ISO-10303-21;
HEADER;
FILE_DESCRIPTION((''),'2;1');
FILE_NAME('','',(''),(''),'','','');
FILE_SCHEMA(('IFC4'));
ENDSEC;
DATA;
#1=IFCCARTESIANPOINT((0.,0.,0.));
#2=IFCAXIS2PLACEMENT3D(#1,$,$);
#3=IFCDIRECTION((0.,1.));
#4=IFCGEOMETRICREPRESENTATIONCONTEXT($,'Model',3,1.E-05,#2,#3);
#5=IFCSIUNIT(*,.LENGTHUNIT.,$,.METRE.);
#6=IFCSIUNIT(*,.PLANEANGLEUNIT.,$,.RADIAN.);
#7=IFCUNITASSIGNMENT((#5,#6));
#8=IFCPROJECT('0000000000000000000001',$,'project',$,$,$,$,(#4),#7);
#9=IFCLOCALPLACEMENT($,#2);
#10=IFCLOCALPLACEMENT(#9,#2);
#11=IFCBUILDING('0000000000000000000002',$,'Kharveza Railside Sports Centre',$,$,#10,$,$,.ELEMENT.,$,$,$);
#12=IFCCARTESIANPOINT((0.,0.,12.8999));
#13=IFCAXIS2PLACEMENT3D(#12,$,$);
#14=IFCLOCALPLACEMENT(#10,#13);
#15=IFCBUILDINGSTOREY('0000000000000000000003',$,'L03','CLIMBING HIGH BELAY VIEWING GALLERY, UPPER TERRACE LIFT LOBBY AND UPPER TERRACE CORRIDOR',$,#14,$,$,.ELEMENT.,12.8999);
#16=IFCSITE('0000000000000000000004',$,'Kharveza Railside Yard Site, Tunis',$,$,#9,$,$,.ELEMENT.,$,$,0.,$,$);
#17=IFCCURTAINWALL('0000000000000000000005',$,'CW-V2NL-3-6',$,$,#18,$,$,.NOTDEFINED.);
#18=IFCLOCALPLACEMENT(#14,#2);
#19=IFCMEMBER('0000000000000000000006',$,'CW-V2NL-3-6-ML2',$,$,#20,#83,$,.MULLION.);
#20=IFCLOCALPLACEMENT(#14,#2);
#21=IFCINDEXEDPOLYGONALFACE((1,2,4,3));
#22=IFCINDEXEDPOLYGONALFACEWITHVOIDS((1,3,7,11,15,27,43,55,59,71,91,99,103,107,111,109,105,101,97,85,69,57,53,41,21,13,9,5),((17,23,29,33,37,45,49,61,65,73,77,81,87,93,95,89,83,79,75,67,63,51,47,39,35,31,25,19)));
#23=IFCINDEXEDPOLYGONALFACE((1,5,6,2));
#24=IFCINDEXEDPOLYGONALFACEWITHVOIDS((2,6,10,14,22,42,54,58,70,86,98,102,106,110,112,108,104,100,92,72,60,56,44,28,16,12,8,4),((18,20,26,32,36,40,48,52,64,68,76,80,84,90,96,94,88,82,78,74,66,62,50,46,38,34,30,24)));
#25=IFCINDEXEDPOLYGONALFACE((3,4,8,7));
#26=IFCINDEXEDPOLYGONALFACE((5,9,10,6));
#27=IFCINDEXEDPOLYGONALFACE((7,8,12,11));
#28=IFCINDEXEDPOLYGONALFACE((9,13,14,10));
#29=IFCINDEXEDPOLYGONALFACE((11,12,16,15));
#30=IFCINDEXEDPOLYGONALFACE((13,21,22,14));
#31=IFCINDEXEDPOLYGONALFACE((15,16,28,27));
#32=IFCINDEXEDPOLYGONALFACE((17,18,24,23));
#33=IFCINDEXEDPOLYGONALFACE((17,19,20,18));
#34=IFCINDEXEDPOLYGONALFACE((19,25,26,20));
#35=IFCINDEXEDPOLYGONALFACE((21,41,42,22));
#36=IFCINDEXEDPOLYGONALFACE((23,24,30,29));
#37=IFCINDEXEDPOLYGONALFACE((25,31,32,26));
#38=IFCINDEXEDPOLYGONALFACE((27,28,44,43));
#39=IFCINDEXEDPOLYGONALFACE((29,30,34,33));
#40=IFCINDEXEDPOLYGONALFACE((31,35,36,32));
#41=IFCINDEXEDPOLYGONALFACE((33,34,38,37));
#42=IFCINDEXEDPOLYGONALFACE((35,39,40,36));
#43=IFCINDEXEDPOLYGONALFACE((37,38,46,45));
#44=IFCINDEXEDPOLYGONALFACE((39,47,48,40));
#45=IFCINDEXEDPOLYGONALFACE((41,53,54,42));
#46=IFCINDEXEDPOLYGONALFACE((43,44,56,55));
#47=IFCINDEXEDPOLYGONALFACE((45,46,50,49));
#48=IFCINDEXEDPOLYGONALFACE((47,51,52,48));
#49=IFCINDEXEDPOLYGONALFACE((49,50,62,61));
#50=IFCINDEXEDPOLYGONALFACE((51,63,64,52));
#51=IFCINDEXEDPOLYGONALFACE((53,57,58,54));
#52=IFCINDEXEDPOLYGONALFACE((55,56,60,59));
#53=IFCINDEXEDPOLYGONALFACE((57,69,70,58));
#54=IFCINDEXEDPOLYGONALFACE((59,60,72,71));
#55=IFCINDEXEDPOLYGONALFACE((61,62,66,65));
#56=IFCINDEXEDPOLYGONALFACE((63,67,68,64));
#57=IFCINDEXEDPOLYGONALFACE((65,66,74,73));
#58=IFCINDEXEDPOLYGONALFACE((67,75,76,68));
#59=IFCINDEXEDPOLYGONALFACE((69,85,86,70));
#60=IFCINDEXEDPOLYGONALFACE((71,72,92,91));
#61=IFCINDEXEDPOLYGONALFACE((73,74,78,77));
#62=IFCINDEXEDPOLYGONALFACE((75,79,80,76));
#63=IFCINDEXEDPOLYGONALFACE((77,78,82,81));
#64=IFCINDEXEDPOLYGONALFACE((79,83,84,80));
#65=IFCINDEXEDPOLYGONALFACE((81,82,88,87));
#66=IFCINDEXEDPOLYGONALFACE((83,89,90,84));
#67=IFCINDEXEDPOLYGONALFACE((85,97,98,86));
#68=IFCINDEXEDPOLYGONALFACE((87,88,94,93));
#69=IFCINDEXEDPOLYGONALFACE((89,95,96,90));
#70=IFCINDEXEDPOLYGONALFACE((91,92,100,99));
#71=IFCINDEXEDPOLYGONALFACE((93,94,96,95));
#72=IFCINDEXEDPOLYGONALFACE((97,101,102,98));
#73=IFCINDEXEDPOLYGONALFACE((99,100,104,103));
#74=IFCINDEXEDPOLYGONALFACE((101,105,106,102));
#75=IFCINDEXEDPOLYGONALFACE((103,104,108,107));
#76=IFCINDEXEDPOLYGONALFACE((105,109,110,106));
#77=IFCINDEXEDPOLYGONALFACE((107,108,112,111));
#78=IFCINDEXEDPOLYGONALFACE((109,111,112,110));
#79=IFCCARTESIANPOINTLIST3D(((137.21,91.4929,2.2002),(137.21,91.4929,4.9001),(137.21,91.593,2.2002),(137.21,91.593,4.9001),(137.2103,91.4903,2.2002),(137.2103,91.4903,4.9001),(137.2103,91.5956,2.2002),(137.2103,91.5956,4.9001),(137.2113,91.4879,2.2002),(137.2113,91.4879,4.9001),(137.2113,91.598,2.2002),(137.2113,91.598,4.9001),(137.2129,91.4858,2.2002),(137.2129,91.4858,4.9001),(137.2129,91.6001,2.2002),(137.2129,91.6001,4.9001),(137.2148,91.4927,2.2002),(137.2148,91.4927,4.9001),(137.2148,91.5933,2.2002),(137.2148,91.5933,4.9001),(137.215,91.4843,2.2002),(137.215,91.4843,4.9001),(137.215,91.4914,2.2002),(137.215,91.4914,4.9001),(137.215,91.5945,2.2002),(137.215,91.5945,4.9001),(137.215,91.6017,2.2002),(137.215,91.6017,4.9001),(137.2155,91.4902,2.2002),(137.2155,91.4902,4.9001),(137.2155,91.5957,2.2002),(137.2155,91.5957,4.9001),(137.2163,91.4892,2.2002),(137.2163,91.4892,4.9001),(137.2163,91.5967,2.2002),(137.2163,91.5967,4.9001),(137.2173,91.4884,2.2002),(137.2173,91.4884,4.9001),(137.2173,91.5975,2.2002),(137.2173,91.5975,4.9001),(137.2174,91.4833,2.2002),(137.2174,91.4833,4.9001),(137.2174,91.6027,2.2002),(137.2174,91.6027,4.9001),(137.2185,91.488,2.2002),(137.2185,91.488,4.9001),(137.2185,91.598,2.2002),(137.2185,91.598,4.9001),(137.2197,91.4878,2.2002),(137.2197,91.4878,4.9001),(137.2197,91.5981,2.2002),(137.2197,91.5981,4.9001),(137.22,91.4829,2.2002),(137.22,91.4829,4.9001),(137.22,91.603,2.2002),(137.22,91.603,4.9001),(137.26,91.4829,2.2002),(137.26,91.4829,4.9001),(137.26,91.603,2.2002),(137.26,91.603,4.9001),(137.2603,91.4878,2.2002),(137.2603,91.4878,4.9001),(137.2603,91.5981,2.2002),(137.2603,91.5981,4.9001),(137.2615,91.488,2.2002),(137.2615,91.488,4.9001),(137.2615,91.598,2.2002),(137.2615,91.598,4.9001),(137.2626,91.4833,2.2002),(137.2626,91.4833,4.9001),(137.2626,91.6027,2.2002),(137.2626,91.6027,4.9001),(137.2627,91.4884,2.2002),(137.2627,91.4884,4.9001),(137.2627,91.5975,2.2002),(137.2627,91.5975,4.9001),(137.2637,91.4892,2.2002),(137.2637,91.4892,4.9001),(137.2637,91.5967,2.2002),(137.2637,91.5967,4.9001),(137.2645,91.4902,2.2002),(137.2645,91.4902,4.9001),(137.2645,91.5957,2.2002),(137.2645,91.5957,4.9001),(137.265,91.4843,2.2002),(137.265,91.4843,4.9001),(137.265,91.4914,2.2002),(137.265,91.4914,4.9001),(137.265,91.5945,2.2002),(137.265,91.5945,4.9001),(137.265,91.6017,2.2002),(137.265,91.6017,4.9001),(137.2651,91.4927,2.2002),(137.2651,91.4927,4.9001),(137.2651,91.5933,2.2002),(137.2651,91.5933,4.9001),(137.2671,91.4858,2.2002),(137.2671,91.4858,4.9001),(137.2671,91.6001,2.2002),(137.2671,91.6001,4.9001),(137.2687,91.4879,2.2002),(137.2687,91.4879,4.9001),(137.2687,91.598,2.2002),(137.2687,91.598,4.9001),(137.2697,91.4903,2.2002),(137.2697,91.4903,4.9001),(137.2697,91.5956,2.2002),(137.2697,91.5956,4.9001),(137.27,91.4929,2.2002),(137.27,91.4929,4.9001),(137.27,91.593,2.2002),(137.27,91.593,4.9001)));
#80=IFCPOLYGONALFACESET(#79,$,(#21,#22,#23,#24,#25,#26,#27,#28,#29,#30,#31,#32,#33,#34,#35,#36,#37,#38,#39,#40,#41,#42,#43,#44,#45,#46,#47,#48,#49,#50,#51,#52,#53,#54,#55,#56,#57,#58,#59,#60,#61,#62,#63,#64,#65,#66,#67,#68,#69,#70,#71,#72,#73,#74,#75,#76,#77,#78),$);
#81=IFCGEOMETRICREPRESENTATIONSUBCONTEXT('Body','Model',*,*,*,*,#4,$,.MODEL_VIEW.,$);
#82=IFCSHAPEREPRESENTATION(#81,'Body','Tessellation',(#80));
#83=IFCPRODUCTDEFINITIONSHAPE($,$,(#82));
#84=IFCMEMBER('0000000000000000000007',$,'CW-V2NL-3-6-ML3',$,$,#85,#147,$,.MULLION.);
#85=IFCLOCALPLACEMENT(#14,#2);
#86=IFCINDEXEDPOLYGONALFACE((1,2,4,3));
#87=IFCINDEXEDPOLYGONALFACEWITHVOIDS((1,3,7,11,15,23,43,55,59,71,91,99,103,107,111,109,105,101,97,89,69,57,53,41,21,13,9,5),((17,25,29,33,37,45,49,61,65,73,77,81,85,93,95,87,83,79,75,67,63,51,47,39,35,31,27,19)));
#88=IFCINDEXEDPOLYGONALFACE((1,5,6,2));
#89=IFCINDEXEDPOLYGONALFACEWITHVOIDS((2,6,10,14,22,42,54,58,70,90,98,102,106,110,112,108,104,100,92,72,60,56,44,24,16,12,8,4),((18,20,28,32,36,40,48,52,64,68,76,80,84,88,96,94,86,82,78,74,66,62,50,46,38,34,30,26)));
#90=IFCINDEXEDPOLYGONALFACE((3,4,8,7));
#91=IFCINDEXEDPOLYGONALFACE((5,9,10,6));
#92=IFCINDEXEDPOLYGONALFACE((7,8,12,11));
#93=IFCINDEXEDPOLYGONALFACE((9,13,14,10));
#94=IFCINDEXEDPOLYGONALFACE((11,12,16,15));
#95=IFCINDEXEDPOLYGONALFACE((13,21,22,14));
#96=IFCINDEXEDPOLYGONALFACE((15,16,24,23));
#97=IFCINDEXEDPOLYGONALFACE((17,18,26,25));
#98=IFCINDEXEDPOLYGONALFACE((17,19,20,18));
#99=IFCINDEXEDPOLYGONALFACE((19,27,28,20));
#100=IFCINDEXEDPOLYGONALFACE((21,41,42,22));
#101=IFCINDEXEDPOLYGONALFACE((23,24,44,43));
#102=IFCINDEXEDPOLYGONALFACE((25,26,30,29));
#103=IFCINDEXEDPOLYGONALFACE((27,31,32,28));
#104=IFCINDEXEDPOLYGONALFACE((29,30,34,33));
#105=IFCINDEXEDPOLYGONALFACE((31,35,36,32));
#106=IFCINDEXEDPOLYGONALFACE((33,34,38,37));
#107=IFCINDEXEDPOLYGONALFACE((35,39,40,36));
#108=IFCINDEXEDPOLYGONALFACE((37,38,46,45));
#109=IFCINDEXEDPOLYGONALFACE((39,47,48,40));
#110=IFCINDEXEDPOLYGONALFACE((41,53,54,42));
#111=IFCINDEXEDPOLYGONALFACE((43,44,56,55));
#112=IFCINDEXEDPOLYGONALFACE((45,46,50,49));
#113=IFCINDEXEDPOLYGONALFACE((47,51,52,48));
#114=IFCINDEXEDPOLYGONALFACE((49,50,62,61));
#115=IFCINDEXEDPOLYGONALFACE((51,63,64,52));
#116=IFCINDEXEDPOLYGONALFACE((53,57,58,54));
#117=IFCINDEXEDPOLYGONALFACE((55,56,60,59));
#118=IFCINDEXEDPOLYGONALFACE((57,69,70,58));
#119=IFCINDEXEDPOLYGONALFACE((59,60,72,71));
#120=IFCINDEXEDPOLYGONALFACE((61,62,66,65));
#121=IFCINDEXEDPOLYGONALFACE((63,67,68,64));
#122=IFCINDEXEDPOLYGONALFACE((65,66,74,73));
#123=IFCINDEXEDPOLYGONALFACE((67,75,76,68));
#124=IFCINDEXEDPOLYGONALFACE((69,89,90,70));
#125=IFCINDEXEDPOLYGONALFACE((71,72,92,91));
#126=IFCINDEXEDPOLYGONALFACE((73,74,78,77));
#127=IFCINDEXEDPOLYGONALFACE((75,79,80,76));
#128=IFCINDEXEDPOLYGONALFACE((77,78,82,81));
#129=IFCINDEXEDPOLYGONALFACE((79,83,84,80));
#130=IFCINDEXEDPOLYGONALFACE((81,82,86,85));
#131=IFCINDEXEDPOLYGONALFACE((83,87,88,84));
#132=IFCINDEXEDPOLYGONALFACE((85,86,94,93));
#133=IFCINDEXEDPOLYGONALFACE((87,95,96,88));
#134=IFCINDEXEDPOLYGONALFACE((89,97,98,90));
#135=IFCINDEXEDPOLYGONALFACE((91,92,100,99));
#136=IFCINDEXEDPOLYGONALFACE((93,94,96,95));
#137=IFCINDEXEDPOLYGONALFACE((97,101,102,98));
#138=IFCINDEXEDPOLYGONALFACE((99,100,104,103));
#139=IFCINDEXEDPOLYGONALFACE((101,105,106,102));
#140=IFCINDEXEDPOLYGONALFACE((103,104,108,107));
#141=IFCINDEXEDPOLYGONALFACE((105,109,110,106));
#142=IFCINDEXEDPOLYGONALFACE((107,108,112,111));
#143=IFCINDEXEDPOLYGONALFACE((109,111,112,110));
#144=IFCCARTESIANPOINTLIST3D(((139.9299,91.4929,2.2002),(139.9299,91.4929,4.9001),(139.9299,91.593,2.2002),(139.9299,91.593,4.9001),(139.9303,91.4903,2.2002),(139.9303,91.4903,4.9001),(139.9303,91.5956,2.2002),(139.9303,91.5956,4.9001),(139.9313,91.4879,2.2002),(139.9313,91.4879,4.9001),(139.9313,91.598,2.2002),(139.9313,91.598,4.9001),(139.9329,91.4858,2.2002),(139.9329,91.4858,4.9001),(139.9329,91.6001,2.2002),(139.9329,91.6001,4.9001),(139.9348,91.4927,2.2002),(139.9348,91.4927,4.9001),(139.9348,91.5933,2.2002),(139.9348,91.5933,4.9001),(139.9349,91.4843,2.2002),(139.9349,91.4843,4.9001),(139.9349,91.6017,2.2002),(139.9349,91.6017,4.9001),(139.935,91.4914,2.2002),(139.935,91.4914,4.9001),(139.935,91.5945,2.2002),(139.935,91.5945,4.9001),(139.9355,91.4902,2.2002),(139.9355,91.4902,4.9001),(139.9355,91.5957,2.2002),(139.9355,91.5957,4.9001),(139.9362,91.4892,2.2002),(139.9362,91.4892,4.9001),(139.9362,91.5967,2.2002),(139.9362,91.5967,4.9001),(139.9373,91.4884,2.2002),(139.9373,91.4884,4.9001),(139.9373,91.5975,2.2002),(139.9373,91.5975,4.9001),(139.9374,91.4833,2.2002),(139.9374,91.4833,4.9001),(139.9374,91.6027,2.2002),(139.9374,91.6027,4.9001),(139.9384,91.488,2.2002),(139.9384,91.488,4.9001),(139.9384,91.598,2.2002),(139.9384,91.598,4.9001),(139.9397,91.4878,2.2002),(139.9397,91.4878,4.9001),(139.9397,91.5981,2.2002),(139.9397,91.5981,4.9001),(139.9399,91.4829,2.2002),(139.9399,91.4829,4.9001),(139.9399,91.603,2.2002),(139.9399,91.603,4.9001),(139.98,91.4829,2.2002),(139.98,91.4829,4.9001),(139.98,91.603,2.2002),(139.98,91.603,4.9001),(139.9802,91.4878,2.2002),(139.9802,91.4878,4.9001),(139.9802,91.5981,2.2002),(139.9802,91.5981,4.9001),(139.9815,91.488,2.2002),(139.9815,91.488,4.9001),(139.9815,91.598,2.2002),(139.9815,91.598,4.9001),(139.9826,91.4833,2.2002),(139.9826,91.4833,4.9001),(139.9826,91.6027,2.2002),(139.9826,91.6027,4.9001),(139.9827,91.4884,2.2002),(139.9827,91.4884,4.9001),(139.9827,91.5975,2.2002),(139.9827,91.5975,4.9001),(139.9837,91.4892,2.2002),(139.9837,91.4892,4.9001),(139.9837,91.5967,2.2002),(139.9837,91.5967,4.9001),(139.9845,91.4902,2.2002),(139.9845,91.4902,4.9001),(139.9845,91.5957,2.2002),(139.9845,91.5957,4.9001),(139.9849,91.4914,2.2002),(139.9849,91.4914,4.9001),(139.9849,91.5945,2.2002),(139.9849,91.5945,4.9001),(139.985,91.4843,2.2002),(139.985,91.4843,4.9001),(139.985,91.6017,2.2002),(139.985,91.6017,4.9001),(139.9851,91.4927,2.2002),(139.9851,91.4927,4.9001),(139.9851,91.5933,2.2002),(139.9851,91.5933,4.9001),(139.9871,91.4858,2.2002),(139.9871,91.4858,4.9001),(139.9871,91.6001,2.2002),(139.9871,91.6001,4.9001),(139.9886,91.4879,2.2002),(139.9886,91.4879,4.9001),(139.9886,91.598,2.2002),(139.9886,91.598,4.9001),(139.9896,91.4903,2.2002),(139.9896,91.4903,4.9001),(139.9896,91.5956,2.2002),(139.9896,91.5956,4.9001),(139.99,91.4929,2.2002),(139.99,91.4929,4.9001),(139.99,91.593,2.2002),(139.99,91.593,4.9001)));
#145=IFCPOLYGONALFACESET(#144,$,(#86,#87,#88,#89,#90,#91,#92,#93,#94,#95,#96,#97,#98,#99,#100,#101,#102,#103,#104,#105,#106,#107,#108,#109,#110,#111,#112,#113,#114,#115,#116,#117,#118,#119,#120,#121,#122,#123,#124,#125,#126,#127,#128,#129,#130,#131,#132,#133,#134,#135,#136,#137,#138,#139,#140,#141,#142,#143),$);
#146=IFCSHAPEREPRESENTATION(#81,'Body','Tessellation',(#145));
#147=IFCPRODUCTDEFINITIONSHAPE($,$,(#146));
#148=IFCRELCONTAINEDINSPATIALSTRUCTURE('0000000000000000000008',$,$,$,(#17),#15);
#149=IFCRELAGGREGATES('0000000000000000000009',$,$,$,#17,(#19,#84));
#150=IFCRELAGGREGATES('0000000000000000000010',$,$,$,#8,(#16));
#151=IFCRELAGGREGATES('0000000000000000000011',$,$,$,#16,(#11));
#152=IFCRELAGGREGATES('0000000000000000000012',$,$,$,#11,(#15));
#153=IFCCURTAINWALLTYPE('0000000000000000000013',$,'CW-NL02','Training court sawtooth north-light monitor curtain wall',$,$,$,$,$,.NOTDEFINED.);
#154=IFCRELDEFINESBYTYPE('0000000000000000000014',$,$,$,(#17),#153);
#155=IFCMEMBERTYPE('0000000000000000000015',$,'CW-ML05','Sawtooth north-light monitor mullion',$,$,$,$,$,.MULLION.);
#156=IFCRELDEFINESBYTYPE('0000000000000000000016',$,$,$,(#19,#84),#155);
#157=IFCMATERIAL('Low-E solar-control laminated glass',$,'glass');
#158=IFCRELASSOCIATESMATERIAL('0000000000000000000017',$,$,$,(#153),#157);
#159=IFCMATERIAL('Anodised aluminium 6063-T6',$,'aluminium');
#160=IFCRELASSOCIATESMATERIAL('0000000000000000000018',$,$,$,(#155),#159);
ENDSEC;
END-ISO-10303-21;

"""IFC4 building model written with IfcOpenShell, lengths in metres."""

from ifc_helpers import new_model, si_unit, direction, frame, origin, origin_2d, place, context, subcontext, project, spatial, hollow_rectangle, extrude, material, material_profile, profile_set, type_object, element, aggregate, save


model = new_model("IFC4")

# Units and contexts
model_context = context("Model", 3, precision=1e-05, world=origin(), true_north=direction((0.0, 1.0)))
body_context = subcontext(model_context, "Body", "Model", "MODEL_VIEW")
ifc_project = project(units=[si_unit("LENGTHUNIT", "METRE"), si_unit("PLANEANGLEUNIT", "RADIAN")], contexts=[model_context])

# Site, building, storey
site_placement = place(None, origin())
site = spatial("IfcSite", under=ifc_project, at=site_placement, Name="Kharveza Railside Yard Site, Tunis", CompositionType="ELEMENT", RefElevation=0.0)
building_placement = place(site_placement, origin())
building = spatial("IfcBuilding", under=site, at=building_placement, Name="Kharveza Railside Sports Centre", CompositionType="ELEMENT")
storey_placement = place(building_placement, frame((0.0, 0.0, 12.8999)))
storey = spatial("IfcBuildingStorey", under=building, at=storey_placement, Name="L03", Description="CLIMBING HIGH BELAY VIEWING GALLERY, UPPER TERRACE LIFT LOBBY AND UPPER TERRACE CORRIDOR", CompositionType="ELEMENT", Elevation=12.8999)

# Curtain wall, members
ifc_material_1 = material(Name="Low-E solar-control laminated glass", Category="glass")
curtain_wall_type = type_object("IfcCurtainWallType", Name="CW-NL02", Description="Training court sawtooth north-light monitor curtain wall", PredefinedType="NOTDEFINED", material=ifc_material_1)
ifc_material_2 = material(Name="Anodised aluminium 6063-T6", Category="aluminium")
ifc_material_profile_1 = material_profile(ifc_material_2, hollow_rectangle(XDim=0.0601, YDim=0.1201, WallThickness=0.0049, InnerFilletRadius=0.0049, OuterFilletRadius=0.01, at=origin_2d()), Name="RHS 60x120x5.0")
ifc_profile_set_1 = profile_set([ifc_material_profile_1], Name="Anodised aluminium 6063-T6")
member_type_1 = type_object("IfcMemberType", Name="CW-ML05", Description="Sawtooth north-light monitor mullion", PredefinedType="MULLION", material=ifc_profile_set_1)
curtain_wall_1_placement = place(storey_placement, origin())
curtain_wall_1 = element("IfcCurtainWall", 1, at=curtain_wall_1_placement, inside=storey, type_object=curtain_wall_type, Name="CW-V2NL-3-6", PredefinedType="NOTDEFINED")
member_1_placement = place(storey_placement, frame((137.24, 91.543, 2.2002), z_axis=(0.0, 0.0, 1.0), x_axis=(1.0, 0.0, 0.0)))
member_1 = element("IfcMember", 2, at=member_1_placement, type_object=member_type_1, Name="CW-V2NL-3-6-ML2", PredefinedType="MULLION", context=body_context, shape_type="SweptSolid", body=[
    extrude(hollow_rectangle(XDim=0.0601, YDim=0.1201, WallThickness=0.0049, InnerFilletRadius=0.0049, OuterFilletRadius=0.01, at=origin_2d()), origin(), (0.0, 0.0, 1.0), 2.7),
])
member_2_placement = place(storey_placement, frame((139.96, 91.543, 2.2002), z_axis=(0.0, 0.0, 1.0), x_axis=(1.0, 0.0, 0.0)))
member_2 = element("IfcMember", 3, at=member_2_placement, type_object=member_type_1, Name="CW-V2NL-3-6-ML3", PredefinedType="MULLION", context=body_context, shape_type="SweptSolid", body=[
    extrude(hollow_rectangle(XDim=0.0601, YDim=0.1201, WallThickness=0.0049, InnerFilletRadius=0.0049, OuterFilletRadius=0.01, at=origin_2d()), origin(), (0.0, 0.0, 1.0), 2.7),
])

aggregate(curtain_wall_1, [member_1, member_2])

save(model, "model.ifc")
